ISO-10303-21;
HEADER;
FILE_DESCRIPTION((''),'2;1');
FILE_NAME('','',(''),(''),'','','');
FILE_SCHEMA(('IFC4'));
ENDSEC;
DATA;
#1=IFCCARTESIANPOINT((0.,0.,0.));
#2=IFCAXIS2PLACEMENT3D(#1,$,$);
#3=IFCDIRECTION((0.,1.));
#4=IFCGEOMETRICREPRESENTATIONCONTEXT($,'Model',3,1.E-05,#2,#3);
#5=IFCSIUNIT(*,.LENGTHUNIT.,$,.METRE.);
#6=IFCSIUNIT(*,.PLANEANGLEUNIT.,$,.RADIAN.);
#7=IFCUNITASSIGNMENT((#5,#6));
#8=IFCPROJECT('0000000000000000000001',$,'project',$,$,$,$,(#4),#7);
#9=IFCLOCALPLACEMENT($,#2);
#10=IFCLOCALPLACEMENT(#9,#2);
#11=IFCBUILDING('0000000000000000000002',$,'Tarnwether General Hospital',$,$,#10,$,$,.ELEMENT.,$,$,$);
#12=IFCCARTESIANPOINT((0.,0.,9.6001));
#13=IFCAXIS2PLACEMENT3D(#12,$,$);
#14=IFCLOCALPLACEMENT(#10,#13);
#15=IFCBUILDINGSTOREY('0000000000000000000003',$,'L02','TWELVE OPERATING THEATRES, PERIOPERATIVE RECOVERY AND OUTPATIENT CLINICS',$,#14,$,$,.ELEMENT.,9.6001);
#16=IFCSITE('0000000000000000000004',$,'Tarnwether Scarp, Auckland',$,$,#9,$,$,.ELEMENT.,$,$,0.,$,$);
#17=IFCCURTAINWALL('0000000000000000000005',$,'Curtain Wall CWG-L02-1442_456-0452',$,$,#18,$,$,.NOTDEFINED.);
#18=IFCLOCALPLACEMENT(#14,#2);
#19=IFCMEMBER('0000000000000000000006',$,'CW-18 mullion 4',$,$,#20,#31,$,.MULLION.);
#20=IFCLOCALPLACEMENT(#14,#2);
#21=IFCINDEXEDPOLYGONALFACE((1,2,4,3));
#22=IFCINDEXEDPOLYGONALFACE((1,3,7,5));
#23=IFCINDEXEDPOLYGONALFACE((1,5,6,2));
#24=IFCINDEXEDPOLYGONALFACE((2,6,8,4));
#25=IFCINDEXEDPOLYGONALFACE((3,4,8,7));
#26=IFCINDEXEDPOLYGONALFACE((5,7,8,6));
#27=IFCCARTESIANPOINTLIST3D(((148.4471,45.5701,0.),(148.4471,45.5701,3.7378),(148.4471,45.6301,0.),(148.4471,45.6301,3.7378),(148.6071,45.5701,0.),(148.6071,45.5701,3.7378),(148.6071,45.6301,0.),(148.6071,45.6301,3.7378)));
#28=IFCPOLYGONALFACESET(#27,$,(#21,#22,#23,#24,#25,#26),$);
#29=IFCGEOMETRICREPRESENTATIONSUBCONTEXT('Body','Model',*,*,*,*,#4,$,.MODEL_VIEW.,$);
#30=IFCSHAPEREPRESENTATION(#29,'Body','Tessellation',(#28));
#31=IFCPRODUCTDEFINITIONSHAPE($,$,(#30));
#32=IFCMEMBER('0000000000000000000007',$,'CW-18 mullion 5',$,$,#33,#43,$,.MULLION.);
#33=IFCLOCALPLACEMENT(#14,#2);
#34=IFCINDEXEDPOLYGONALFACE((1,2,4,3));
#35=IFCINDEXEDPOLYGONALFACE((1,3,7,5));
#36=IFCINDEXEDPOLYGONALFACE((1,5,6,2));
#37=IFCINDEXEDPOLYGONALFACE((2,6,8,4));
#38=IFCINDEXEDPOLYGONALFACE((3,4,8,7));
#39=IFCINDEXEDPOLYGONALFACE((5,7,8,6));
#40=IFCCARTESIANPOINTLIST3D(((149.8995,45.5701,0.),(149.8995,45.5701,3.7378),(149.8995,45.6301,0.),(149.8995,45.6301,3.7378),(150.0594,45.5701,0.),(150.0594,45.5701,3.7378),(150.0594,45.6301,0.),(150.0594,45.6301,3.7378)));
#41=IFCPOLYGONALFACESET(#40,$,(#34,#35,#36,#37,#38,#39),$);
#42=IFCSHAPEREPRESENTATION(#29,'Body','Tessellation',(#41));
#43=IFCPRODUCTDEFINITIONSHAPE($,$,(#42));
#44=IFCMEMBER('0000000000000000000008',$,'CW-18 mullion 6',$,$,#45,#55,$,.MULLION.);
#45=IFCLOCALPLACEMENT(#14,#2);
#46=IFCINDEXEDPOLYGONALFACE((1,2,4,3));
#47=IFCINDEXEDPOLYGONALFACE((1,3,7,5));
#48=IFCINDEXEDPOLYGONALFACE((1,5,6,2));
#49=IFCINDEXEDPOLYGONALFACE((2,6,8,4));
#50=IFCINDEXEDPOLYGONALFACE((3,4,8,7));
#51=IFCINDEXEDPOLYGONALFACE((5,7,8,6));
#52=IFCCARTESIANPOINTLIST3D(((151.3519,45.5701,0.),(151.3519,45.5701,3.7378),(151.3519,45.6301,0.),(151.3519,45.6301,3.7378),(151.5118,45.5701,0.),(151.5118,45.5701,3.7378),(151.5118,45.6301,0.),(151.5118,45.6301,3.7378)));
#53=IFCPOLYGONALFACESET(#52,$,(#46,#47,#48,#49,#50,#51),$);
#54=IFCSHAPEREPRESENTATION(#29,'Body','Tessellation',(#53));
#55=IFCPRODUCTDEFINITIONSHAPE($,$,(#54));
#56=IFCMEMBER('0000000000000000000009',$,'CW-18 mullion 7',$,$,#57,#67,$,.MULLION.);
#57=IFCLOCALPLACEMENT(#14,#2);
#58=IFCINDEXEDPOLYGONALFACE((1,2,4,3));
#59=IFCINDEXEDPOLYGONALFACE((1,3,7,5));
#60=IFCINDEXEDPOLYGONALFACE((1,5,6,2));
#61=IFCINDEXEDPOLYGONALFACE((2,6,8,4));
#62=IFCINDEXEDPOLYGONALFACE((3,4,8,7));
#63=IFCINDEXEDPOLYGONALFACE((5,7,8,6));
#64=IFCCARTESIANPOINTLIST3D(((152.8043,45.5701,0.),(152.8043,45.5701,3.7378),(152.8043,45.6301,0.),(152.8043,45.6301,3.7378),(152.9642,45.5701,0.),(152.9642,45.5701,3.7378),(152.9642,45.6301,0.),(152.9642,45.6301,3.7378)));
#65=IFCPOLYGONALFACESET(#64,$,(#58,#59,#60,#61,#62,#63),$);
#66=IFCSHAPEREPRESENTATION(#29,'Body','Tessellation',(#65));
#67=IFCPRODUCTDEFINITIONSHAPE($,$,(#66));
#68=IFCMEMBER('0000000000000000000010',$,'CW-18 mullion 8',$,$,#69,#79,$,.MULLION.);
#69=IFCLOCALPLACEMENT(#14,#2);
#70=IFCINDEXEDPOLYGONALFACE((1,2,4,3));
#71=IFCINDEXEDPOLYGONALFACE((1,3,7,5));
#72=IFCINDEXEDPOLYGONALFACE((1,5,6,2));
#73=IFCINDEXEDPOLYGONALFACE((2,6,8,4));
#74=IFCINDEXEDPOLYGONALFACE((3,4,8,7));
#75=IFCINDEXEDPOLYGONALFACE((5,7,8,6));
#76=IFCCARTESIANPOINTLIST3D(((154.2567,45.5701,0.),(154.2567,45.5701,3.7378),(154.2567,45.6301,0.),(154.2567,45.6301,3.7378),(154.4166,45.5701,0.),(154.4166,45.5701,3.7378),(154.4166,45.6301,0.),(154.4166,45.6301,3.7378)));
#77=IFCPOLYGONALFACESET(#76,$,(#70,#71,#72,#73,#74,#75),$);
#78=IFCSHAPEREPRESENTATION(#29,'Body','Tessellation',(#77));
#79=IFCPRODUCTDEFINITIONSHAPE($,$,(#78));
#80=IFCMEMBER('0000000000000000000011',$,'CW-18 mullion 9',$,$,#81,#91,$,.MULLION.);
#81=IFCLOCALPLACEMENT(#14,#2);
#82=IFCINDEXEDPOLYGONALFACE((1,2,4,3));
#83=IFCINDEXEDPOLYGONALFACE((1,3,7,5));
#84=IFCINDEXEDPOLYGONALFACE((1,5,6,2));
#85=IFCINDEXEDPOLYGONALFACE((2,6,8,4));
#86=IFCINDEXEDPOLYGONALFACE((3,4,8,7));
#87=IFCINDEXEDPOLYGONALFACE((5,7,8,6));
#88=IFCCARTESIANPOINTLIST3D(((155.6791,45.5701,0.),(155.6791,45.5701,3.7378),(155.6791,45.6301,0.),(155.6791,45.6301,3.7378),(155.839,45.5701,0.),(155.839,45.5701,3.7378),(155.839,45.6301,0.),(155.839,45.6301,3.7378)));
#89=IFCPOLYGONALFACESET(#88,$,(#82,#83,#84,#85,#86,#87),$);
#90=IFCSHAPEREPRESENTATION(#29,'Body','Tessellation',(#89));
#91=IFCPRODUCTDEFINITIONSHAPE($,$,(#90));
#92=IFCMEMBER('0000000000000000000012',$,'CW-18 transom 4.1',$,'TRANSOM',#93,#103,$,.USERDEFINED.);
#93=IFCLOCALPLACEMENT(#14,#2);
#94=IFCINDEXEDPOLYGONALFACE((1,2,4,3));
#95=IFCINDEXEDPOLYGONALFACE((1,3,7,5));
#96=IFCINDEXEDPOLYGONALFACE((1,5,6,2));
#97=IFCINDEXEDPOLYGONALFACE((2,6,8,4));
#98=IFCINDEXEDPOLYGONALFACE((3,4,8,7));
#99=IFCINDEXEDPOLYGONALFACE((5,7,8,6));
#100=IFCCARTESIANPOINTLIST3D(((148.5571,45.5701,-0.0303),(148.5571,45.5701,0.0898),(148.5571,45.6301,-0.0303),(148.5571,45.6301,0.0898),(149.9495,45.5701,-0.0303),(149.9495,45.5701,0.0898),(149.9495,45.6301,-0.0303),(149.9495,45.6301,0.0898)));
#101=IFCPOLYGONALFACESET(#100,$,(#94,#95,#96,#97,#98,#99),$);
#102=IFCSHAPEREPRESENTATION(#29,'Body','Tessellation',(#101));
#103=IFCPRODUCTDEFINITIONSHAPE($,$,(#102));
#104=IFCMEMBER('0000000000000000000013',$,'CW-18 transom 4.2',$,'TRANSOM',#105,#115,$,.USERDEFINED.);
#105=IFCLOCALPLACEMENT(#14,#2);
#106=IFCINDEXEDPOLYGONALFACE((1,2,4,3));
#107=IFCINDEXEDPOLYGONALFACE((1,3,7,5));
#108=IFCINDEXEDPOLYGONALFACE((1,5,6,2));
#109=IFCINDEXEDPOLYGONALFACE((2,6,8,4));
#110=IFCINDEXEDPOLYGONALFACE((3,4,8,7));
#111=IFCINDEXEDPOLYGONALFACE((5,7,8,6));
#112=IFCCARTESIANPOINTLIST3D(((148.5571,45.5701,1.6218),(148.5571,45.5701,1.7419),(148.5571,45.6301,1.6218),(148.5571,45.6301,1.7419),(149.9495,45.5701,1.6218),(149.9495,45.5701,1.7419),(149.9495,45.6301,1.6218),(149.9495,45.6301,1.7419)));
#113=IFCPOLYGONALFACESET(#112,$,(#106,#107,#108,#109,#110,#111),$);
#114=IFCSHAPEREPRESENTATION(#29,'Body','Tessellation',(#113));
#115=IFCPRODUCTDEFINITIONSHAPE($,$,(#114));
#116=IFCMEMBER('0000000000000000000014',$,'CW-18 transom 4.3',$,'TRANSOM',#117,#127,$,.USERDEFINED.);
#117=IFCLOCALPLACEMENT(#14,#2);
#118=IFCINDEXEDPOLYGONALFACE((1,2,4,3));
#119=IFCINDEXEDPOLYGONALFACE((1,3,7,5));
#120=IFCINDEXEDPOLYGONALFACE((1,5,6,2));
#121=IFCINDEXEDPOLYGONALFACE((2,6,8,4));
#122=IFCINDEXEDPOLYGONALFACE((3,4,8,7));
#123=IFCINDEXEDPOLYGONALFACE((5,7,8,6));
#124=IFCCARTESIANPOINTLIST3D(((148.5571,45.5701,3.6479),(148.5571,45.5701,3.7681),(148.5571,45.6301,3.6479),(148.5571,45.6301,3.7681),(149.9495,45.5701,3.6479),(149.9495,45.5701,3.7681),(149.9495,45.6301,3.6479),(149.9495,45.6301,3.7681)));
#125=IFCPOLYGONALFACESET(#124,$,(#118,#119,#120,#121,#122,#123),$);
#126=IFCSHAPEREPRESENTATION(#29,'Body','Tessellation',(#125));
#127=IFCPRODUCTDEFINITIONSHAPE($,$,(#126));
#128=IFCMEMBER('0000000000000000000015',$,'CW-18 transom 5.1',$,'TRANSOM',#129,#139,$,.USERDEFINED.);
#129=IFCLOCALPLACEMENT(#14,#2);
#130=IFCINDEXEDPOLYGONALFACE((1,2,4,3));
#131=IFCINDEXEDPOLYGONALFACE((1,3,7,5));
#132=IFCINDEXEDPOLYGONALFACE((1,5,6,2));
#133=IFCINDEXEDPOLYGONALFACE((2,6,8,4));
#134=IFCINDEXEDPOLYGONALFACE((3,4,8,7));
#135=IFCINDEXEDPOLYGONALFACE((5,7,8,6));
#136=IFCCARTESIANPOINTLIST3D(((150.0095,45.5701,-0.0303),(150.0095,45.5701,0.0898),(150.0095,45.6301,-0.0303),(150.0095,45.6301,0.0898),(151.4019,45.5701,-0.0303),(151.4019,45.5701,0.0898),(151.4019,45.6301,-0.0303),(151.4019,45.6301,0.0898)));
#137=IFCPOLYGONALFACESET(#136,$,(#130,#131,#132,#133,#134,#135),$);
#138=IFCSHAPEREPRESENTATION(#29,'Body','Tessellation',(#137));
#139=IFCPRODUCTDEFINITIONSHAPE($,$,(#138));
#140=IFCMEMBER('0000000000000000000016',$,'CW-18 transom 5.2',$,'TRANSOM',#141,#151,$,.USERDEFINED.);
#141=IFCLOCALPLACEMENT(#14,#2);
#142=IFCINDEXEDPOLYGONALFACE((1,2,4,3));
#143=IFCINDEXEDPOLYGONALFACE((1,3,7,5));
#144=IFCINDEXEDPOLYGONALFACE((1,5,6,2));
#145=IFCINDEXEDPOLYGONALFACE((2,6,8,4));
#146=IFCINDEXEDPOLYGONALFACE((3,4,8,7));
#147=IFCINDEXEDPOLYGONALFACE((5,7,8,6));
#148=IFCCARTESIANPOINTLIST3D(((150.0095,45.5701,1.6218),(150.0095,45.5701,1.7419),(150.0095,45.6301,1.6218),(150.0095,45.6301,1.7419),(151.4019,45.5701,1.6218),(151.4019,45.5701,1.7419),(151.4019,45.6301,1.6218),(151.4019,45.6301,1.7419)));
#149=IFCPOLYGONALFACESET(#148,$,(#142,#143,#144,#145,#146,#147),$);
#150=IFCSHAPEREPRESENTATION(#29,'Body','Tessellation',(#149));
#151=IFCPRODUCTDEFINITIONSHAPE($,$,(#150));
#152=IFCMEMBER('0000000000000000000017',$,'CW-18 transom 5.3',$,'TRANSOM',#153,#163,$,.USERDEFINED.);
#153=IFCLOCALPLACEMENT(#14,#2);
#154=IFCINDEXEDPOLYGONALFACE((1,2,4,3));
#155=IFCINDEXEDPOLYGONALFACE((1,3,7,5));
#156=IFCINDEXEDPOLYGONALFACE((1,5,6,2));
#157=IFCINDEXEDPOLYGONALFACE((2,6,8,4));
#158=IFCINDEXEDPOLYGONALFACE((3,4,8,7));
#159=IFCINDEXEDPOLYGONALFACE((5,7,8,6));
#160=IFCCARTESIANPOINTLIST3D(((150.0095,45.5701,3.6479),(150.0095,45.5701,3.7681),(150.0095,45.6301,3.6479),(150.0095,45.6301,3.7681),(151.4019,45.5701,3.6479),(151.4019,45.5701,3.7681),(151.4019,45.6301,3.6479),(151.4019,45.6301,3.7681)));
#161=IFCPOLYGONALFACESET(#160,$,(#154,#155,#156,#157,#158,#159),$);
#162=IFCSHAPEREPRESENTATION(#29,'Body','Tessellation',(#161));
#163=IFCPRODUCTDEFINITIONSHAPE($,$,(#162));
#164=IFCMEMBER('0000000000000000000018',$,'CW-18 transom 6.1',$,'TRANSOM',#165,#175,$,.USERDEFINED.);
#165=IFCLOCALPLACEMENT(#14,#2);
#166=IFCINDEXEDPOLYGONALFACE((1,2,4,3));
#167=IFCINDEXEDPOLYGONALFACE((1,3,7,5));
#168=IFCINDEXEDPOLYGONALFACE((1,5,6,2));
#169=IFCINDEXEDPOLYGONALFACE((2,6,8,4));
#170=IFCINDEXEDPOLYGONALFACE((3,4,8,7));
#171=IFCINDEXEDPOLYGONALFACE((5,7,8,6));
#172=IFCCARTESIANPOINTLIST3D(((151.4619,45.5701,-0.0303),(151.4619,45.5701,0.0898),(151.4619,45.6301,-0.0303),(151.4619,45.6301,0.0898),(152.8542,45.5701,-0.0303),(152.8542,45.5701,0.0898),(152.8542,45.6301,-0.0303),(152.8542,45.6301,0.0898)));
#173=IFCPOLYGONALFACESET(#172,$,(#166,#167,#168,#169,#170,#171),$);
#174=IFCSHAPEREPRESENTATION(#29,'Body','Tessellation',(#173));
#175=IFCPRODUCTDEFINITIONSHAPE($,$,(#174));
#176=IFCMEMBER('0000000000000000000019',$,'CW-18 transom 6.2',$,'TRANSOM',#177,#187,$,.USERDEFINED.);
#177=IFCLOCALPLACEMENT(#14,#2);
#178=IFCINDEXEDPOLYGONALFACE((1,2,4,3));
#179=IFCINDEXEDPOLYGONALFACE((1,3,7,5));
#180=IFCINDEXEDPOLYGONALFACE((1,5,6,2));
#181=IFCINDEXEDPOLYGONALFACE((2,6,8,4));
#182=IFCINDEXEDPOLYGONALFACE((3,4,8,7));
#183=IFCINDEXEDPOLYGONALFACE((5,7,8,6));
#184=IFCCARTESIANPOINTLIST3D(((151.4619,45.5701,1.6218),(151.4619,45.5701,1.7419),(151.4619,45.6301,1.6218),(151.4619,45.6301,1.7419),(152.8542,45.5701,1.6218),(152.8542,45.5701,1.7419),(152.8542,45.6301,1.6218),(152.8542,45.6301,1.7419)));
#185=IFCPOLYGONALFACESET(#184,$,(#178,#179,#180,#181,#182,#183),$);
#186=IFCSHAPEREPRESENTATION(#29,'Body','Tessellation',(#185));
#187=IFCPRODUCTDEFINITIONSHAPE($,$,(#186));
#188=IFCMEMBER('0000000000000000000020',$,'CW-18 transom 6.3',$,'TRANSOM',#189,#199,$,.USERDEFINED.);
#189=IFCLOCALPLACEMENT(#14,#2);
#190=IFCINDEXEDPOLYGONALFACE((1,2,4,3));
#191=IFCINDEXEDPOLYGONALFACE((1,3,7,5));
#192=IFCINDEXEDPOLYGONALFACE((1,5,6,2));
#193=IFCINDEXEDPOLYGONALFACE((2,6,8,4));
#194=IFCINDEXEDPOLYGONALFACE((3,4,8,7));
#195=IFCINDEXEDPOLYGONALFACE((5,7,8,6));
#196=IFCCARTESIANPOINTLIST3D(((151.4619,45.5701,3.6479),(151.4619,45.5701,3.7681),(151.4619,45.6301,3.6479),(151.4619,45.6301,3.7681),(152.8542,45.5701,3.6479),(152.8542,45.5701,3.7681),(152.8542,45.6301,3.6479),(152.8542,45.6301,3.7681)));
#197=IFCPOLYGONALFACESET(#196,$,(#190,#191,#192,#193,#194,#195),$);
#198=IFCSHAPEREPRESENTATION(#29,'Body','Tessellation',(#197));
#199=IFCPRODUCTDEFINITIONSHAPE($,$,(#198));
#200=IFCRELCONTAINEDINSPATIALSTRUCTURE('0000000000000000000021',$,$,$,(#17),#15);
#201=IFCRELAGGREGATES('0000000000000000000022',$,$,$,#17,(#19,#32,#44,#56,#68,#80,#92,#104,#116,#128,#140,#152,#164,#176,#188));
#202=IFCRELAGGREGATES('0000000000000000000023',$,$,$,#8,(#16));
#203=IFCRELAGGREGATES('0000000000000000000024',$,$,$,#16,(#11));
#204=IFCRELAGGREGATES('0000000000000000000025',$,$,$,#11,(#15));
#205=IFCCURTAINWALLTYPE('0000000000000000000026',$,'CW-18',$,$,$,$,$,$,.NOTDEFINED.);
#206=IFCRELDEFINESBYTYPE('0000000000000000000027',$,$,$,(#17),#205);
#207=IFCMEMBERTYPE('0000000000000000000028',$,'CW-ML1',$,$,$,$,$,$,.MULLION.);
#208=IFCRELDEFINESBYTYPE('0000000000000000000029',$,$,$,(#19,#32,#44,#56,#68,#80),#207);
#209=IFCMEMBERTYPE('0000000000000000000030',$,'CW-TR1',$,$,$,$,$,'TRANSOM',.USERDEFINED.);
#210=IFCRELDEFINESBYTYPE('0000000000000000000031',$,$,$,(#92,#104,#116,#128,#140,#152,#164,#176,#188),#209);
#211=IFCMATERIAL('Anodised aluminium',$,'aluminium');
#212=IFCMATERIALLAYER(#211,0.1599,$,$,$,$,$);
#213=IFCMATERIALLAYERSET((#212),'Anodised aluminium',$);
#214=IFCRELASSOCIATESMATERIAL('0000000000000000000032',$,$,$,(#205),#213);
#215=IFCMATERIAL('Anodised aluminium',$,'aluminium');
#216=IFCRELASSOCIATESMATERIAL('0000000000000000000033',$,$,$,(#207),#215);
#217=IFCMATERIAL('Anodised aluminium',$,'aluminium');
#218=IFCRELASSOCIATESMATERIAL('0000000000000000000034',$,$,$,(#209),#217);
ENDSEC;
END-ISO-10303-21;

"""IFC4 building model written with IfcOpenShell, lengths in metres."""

from ifc_helpers import new_model, si_unit, direction, frame, origin, origin_2d, place, context, subcontext, project, spatial, rectangle, extrude, material, layer, layer_set, material_profile, profile_set, type_object, element, aggregate, save


model = new_model("IFC4")

# Units and contexts
model_context = context("Model", 3, precision=1e-05, world=origin(), true_north=direction((0.0, 1.0)))
body_context = subcontext(model_context, "Body", "Model", "MODEL_VIEW")
ifc_project = project(units=[si_unit("LENGTHUNIT", "METRE"), si_unit("PLANEANGLEUNIT", "RADIAN")], contexts=[model_context])

# Site, building, storey
site_placement = place(None, origin())
site = spatial("IfcSite", under=ifc_project, at=site_placement, Name="Tarnwether Scarp, Auckland", CompositionType="ELEMENT", RefElevation=0.0)
building_placement = place(site_placement, origin())
building = spatial("IfcBuilding", under=site, at=building_placement, Name="Tarnwether General Hospital", CompositionType="ELEMENT")
storey_placement = place(building_placement, frame((0.0, 0.0, 9.6001)))
storey = spatial("IfcBuildingStorey", under=building, at=storey_placement, Name="L02", Description="TWELVE OPERATING THEATRES, PERIOPERATIVE RECOVERY AND OUTPATIENT CLINICS", CompositionType="ELEMENT", Elevation=9.6001)

# Curtain wall, members
ifc_material_1 = material(Name="Anodised aluminium", Category="aluminium")
ifc_layer_1 = layer(ifc_material_1, 0.1599)
ifc_layer_set_1 = layer_set([ifc_layer_1], Name="Anodised aluminium")
curtain_wall_type = type_object("IfcCurtainWallType", Name="CW-18", PredefinedType="NOTDEFINED", material=ifc_layer_set_1)
curtain_wall_placement = place(storey_placement, origin())
curtain_wall = element("IfcCurtainWall", 1, at=curtain_wall_placement, inside=storey, type_object=curtain_wall_type, Name="Curtain Wall CWG-L02-1442_456-0452", PredefinedType="NOTDEFINED")
ifc_material_2 = material(Name="Anodised aluminium", Category="aluminium")
ifc_material_profile_1 = material_profile(ifc_material_2, rectangle(XDim=0.0601, YDim=0.1599, at=origin_2d()), Name="ALU-MUL-60x160")
ifc_profile_set_1 = profile_set([ifc_material_profile_1], Name="Anodised aluminium")
member_type_1 = type_object("IfcMemberType", Name="CW-ML1", PredefinedType="MULLION", material=ifc_profile_set_1)
member_1_placement = place(storey_placement, frame((148.5271, 45.6001, 0.0), z_axis=(0.0, 0.0, 1.0), x_axis=(0.0, 1.0, 0.0)))
member_1 = element("IfcMember", 2, at=member_1_placement, type_object=member_type_1, Name="CW-18 mullion 4", PredefinedType="MULLION", context=body_context, shape_type="SweptSolid", body=[
    extrude(rectangle(XDim=0.0601, YDim=0.1599, at=origin_2d()), origin(), (0.0, 0.0, 1.0), 3.7378),
])
member_2_placement = place(storey_placement, frame((149.9795, 45.6001, 0.0), z_axis=(0.0, 0.0, 1.0), x_axis=(0.0, 1.0, 0.0)))
member_2 = element("IfcMember", 3, at=member_2_placement, type_object=member_type_1, Name="CW-18 mullion 5", PredefinedType="MULLION", context=body_context, shape_type="SweptSolid", body=[
    extrude(rectangle(XDim=0.0601, YDim=0.1599, at=origin_2d()), origin(), (0.0, 0.0, 1.0), 3.7378),
])
member_3_placement = place(storey_placement, frame((151.4319, 45.6001, 0.0), z_axis=(0.0, 0.0, 1.0), x_axis=(0.0, 1.0, 0.0)))
member_3 = element("IfcMember", 4, at=member_3_placement, type_object=member_type_1, Name="CW-18 mullion 6", PredefinedType="MULLION", context=body_context, shape_type="SweptSolid", body=[
    extrude(rectangle(XDim=0.0601, YDim=0.1599, at=origin_2d()), origin(), (0.0, 0.0, 1.0), 3.7378),
])
member_4_placement = place(storey_placement, frame((152.8843, 45.6001, 0.0), z_axis=(0.0, 0.0, 1.0), x_axis=(0.0, 1.0, 0.0)))
member_4 = element("IfcMember", 5, at=member_4_placement, type_object=member_type_1, Name="CW-18 mullion 7", PredefinedType="MULLION", context=body_context, shape_type="SweptSolid", body=[
    extrude(rectangle(XDim=0.0601, YDim=0.1599, at=origin_2d()), origin(), (0.0, 0.0, 1.0), 3.7378),
])
member_5_placement = place(storey_placement, frame((154.3367, 45.6001, 0.0), z_axis=(0.0, 0.0, 1.0), x_axis=(0.0, 1.0, 0.0)))
member_5 = element("IfcMember", 6, at=member_5_placement, type_object=member_type_1, Name="CW-18 mullion 8", PredefinedType="MULLION", context=body_context, shape_type="SweptSolid", body=[
    extrude(rectangle(XDim=0.0601, YDim=0.1599, at=origin_2d()), origin(), (0.0, 0.0, 1.0), 3.7378),
])
member_6_placement = place(storey_placement, frame((155.759, 45.6001, 0.0), z_axis=(0.0, 0.0, 1.0), x_axis=(0.0, 1.0, 0.0)))
member_6 = element("IfcMember", 7, at=member_6_placement, type_object=member_type_1, Name="CW-18 mullion 9", PredefinedType="MULLION", context=body_context, shape_type="SweptSolid", body=[
    extrude(rectangle(XDim=0.0601, YDim=0.1599, at=origin_2d()), origin(), (0.0, 0.0, 1.0), 3.7378),
])
ifc_material_3 = material(Name="Anodised aluminium", Category="aluminium")
ifc_material_profile_2 = material_profile(ifc_material_3, rectangle(XDim=0.0601, YDim=0.1201, at=origin_2d()), Name="ALU-TRN-60x120")
ifc_profile_set_2 = profile_set([ifc_material_profile_2], Name="Anodised aluminium")
member_type_2 = type_object("IfcMemberType", Name="CW-TR1", ElementType="TRANSOM", PredefinedType="USERDEFINED", material=ifc_profile_set_2)
member_7_placement = place(storey_placement, frame((148.5571, 45.6001, 0.0298), z_axis=(1.0, 0.0, 0.0), x_axis=(0.0, 1.0, 0.0)))
member_7 = element("IfcMember", 8, at=member_7_placement, type_object=member_type_2, Name="CW-18 transom 4.1", ObjectType="TRANSOM", PredefinedType="USERDEFINED", context=body_context, shape_type="SweptSolid", body=[
    extrude(rectangle(XDim=0.0601, YDim=0.1201, at=origin_2d()), origin(), (0.0, 0.0, 1.0), 1.3923),
])
member_8_placement = place(storey_placement, frame((148.5571, 45.6001, 1.6819), z_axis=(1.0, 0.0, 0.0), x_axis=(0.0, 1.0, 0.0)))
member_8 = element("IfcMember", 9, at=member_8_placement, type_object=member_type_2, Name="CW-18 transom 4.2", ObjectType="TRANSOM", PredefinedType="USERDEFINED", context=body_context, shape_type="SweptSolid", body=[
    extrude(rectangle(XDim=0.0601, YDim=0.1201, at=origin_2d()), origin(), (0.0, 0.0, 1.0), 1.3923),
])
member_9_placement = place(storey_placement, frame((148.5571, 45.6001, 3.708), z_axis=(1.0, 0.0, 0.0), x_axis=(0.0, 1.0, 0.0)))
member_9 = element("IfcMember", 10, at=member_9_placement, type_object=member_type_2, Name="CW-18 transom 4.3", ObjectType="TRANSOM", PredefinedType="USERDEFINED", context=body_context, shape_type="SweptSolid", body=[
    extrude(rectangle(XDim=0.0601, YDim=0.1201, at=origin_2d()), origin(), (0.0, 0.0, 1.0), 1.3923),
])
member_10_placement = place(storey_placement, frame((150.0095, 45.6001, 0.0298), z_axis=(1.0, 0.0, 0.0), x_axis=(0.0, 1.0, 0.0)))
member_10 = element("IfcMember", 11, at=member_10_placement, type_object=member_type_2, Name="CW-18 transom 5.1", ObjectType="TRANSOM", PredefinedType="USERDEFINED", context=body_context, shape_type="SweptSolid", body=[
    extrude(rectangle(XDim=0.0601, YDim=0.1201, at=origin_2d()), origin(), (0.0, 0.0, 1.0), 1.3923),
])
member_11_placement = place(storey_placement, frame((150.0095, 45.6001, 1.6819), z_axis=(1.0, 0.0, 0.0), x_axis=(0.0, 1.0, 0.0)))
member_11 = element("IfcMember", 12, at=member_11_placement, type_object=member_type_2, Name="CW-18 transom 5.2", ObjectType="TRANSOM", PredefinedType="USERDEFINED", context=body_context, shape_type="SweptSolid", body=[
    extrude(rectangle(XDim=0.0601, YDim=0.1201, at=origin_2d()), origin(), (0.0, 0.0, 1.0), 1.3923),
])
member_12_placement = place(storey_placement, frame((150.0095, 45.6001, 3.708), z_axis=(1.0, 0.0, 0.0), x_axis=(0.0, 1.0, 0.0)))
member_12 = element("IfcMember", 13, at=member_12_placement, type_object=member_type_2, Name="CW-18 transom 5.3", ObjectType="TRANSOM", PredefinedType="USERDEFINED", context=body_context, shape_type="SweptSolid", body=[
    extrude(rectangle(XDim=0.0601, YDim=0.1201, at=origin_2d()), origin(), (0.0, 0.0, 1.0), 1.3923),
])
member_13_placement = place(storey_placement, frame((151.4619, 45.6001, 0.0298), z_axis=(1.0, 0.0, 0.0), x_axis=(0.0, 1.0, 0.0)))
member_13 = element("IfcMember", 14, at=member_13_placement, type_object=member_type_2, Name="CW-18 transom 6.1", ObjectType="TRANSOM", PredefinedType="USERDEFINED", context=body_context, shape_type="SweptSolid", body=[
    extrude(rectangle(XDim=0.0601, YDim=0.1201, at=origin_2d()), origin(), (0.0, 0.0, 1.0), 1.3923),
])
member_14_placement = place(storey_placement, frame((151.4619, 45.6001, 1.6819), z_axis=(1.0, 0.0, 0.0), x_axis=(0.0, 1.0, 0.0)))
member_14 = element("IfcMember", 15, at=member_14_placement, type_object=member_type_2, Name="CW-18 transom 6.2", ObjectType="TRANSOM", PredefinedType="USERDEFINED", context=body_context, shape_type="SweptSolid", body=[
    extrude(rectangle(XDim=0.0601, YDim=0.1201, at=origin_2d()), origin(), (0.0, 0.0, 1.0), 1.3923),
])
member_15_placement = place(storey_placement, frame((151.4619, 45.6001, 3.708), z_axis=(1.0, 0.0, 0.0), x_axis=(0.0, 1.0, 0.0)))
member_15 = element("IfcMember", 16, at=member_15_placement, type_object=member_type_2, Name="CW-18 transom 6.3", ObjectType="TRANSOM", PredefinedType="USERDEFINED", context=body_context, shape_type="SweptSolid", body=[
    extrude(rectangle(XDim=0.0601, YDim=0.1201, at=origin_2d()), origin(), (0.0, 0.0, 1.0), 1.3923),
])
aggregate(curtain_wall, [member_1, member_2, member_3, member_4, member_5, member_6, member_7, member_8, member_9, member_10, member_11, member_12, member_13, member_14, member_15])

save(model, "model.ifc")
